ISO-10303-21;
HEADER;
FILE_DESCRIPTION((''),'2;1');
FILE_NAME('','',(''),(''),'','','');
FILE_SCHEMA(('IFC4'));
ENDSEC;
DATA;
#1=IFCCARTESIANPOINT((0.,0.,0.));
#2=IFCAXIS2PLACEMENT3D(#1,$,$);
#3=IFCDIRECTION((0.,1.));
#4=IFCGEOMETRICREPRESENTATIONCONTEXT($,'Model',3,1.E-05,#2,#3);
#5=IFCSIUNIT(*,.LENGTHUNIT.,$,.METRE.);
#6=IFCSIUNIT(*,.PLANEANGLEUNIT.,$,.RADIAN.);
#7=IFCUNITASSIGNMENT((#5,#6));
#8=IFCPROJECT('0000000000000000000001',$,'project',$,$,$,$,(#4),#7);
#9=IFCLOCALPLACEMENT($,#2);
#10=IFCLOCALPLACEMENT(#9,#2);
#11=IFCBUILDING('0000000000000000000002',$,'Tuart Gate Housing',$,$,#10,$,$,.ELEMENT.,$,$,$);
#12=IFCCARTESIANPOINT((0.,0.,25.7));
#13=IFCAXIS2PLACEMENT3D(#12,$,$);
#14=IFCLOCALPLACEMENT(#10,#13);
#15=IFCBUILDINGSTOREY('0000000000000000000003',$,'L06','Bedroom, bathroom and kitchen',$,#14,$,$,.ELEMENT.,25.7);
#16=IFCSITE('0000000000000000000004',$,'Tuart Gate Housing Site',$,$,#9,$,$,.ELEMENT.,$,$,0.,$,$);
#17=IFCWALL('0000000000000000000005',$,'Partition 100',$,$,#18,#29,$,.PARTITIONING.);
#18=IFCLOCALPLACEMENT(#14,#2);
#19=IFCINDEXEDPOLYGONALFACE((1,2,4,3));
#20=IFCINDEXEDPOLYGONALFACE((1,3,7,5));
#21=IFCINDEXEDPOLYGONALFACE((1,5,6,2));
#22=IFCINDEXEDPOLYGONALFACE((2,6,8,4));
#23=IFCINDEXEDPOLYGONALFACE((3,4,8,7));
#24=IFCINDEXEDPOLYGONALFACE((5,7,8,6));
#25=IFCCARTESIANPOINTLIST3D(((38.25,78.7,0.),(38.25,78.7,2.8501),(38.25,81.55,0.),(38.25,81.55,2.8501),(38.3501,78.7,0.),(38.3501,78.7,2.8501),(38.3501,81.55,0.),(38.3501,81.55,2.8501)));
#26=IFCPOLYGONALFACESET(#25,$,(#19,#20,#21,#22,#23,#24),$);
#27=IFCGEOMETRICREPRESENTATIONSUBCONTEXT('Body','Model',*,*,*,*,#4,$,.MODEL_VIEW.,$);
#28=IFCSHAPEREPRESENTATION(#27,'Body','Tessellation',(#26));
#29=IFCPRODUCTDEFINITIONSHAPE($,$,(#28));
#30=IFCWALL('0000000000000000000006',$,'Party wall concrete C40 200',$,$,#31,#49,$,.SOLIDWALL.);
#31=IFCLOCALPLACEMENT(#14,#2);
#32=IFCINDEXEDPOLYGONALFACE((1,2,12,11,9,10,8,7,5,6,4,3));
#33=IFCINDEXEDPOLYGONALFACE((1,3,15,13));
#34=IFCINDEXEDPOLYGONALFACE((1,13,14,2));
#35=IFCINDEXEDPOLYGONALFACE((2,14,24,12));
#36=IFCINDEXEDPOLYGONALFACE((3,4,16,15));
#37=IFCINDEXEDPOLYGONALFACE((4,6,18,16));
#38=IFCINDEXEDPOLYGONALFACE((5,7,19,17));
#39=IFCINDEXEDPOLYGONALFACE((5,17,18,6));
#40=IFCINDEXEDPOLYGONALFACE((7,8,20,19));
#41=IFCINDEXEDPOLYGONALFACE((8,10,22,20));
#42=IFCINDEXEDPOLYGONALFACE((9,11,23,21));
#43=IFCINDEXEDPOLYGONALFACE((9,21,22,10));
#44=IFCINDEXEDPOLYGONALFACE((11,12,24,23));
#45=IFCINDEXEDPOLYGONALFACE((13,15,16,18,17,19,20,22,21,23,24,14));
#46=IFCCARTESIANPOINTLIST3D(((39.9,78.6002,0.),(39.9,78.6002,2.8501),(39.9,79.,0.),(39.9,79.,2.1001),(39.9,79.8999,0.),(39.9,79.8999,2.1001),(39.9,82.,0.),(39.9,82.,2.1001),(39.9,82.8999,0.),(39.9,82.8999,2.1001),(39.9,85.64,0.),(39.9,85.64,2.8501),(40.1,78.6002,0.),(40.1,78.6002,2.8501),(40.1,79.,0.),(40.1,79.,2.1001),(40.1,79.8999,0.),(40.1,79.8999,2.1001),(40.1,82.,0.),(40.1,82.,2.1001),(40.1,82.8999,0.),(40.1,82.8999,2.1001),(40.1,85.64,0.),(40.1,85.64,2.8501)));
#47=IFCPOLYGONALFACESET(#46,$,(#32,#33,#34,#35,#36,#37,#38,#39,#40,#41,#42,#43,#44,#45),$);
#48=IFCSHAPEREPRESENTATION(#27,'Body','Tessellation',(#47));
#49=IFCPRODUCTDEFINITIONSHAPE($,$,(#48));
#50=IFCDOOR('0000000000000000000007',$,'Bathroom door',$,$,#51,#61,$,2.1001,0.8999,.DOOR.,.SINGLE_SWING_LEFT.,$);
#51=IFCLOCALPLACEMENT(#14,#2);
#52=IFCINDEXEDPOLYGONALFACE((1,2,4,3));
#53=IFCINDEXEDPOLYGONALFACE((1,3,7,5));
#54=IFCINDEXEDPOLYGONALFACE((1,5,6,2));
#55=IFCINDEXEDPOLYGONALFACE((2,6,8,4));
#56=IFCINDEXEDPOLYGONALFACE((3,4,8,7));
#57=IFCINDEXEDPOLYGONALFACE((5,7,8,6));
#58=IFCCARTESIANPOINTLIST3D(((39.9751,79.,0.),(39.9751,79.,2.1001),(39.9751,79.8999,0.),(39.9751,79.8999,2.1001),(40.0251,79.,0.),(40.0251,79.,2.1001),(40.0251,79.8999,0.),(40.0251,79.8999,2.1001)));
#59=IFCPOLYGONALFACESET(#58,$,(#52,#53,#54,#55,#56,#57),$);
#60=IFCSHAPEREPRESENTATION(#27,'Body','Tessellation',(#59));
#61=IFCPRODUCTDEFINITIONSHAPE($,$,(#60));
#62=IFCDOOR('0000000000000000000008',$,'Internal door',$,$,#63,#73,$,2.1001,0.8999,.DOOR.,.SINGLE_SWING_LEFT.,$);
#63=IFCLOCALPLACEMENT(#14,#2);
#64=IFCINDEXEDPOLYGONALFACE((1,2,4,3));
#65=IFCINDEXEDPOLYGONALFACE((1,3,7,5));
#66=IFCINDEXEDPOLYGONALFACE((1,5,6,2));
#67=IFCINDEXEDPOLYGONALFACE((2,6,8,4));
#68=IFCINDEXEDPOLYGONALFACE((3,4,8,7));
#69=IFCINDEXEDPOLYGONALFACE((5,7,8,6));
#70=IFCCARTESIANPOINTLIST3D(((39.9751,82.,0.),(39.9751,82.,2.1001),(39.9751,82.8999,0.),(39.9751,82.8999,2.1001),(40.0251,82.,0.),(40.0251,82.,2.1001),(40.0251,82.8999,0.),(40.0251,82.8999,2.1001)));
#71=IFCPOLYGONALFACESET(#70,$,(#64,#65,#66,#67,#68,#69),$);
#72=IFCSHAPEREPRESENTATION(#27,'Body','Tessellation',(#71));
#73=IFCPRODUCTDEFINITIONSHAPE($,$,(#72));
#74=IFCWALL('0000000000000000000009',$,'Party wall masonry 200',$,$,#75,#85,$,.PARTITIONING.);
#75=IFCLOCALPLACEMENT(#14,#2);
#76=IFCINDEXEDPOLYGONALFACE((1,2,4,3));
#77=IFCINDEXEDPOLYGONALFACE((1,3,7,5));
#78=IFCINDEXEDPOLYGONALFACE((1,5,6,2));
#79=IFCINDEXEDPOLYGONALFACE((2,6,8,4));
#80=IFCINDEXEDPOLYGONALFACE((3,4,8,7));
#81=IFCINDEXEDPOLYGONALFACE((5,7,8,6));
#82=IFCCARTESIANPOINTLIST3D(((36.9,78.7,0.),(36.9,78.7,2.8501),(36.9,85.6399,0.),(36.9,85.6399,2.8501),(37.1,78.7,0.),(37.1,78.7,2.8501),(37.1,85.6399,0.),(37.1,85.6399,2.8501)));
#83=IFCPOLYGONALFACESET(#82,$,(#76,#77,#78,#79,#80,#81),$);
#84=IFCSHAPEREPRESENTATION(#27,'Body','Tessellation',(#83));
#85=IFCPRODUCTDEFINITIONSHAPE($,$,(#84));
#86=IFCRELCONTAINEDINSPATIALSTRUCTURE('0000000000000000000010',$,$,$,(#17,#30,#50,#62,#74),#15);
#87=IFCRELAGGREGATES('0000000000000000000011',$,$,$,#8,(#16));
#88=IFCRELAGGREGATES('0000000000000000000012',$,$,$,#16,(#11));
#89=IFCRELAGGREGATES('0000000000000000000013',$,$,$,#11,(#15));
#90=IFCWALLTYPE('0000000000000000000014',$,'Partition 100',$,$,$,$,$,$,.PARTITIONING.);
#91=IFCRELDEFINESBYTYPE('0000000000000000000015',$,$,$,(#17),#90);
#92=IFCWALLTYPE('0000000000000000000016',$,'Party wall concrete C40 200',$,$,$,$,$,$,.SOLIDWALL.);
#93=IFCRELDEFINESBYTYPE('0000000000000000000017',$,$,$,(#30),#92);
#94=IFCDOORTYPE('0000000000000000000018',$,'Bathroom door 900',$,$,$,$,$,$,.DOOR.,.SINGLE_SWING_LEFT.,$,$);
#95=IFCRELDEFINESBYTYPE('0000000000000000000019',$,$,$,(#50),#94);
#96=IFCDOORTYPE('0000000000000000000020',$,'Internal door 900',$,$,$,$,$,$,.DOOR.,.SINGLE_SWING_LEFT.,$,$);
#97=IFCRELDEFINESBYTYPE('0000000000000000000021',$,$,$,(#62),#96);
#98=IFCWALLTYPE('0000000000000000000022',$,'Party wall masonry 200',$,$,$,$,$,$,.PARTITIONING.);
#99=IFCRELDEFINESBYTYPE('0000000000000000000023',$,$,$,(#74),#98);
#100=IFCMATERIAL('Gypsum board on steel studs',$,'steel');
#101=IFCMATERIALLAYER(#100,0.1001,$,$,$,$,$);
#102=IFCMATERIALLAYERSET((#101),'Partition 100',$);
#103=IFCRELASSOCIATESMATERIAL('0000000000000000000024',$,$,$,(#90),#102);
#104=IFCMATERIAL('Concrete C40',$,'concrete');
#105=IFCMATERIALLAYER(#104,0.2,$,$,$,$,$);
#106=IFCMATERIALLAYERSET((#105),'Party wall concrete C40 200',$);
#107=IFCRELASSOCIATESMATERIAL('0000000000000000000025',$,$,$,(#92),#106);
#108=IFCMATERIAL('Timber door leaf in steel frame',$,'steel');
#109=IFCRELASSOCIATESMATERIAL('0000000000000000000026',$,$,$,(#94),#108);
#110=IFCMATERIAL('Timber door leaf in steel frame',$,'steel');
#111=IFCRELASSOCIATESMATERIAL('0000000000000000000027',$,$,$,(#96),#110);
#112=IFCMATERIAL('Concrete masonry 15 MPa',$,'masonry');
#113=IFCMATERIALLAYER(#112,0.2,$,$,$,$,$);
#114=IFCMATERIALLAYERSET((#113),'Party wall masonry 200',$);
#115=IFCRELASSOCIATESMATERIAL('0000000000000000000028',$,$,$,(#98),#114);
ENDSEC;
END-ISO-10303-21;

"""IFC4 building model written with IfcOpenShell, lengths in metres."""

from ifc_helpers import new_model, si_unit, direction, frame, frame_2d, origin, place, context, subcontext, project, spatial, rectangle, extrude, material, layer, layer_set, type_object, element, fill, save


model = new_model("IFC4")

# Units and contexts
model_context = context("Model", 3, precision=1e-05, world=origin(), true_north=direction((0.0, 1.0)))
body_context = subcontext(model_context, "Body", "Model", "MODEL_VIEW")
ifc_project = project(units=[si_unit("LENGTHUNIT", "METRE"), si_unit("PLANEANGLEUNIT", "RADIAN")], contexts=[model_context])

# Site, building, storey
site_placement = place(None, origin())
site = spatial("IfcSite", under=ifc_project, at=site_placement, Name="Tuart Gate Housing Site", CompositionType="ELEMENT", RefElevation=0.0)
building_placement = place(site_placement, origin())
building = spatial("IfcBuilding", under=site, at=building_placement, Name="Tuart Gate Housing", CompositionType="ELEMENT")
storey_placement = place(building_placement, frame((0.0, 0.0, 25.7)))
storey = spatial("IfcBuildingStorey", under=building, at=storey_placement, Name="L06", Description="Bedroom, bathroom and kitchen", CompositionType="ELEMENT", Elevation=25.7)

# Wall
ifc_material_1 = material(Name="Gypsum board on steel studs", Category="steel")
ifc_layer_1 = layer(ifc_material_1, 0.1001)
ifc_layer_set_1 = layer_set([ifc_layer_1], Name="Partition 100")
wall_type_1 = type_object("IfcWallType", Name="Partition 100", PredefinedType="PARTITIONING", material=ifc_layer_set_1)
wall_1_placement = place(storey_placement, frame((38.3, 78.7, 0.0), z_axis=(0.0, 0.0, 1.0), x_axis=(0.0, 1.0, 0.0)))
element("IfcWall", 1, at=wall_1_placement, inside=storey, type_object=wall_type_1, Name="Partition 100", PredefinedType="PARTITIONING", context=body_context, shape_type="SweptSolid", body=[
    extrude(rectangle(XDim=2.8501, YDim=0.1001, at=frame_2d((1.425, 0.0))), origin(), (0.0, 0.0, 1.0), 2.8501),
])

# Wall, openings, doors
ifc_material_2 = material(Name="Concrete C40", Category="concrete")
ifc_layer_2 = layer(ifc_material_2, 0.2)
ifc_layer_set_2 = layer_set([ifc_layer_2], Name="Party wall concrete C40 200")
wall_type_2 = type_object("IfcWallType", Name="Party wall concrete C40 200", PredefinedType="SOLIDWALL", material=ifc_layer_set_2)
wall_2_placement = place(storey_placement, frame((40.0, 78.6001, 0.0), z_axis=(0.0, 0.0, 1.0), x_axis=(0.0, 1.0, 0.0)))
wall_2 = element("IfcWall", 2, at=wall_2_placement, inside=storey, type_object=wall_type_2, Name="Party wall concrete C40 200", PredefinedType="SOLIDWALL", context=body_context, shape_type="SweptSolid", body=[
    extrude(rectangle(XDim=7.0398, YDim=0.2, at=frame_2d((3.52, 0.0))), origin(), (0.0, 0.0, 1.0), 2.8501),
])
opening_1_placement = place(wall_2_placement, frame((3.3999, 0.0, 0.0)))
opening_1 = element("IfcOpeningElement", 3, at=opening_1_placement, cuts=wall_2, PredefinedType="OPENING", context=body_context, shape_type="SweptSolid", body=[
    extrude(rectangle(XDim=0.8999, YDim=2.1001, at=frame_2d((0.45, 1.05))), frame((0.0, 0.1099, 0.0), z_axis=(0.0, -1.0, 0.0), x_axis=(1.0, 0.0, 0.0)), (0.0, 0.0, 1.0), 0.22),
])
opening_2_placement = place(wall_2_placement, frame((0.3999, 0.0, 0.0)))
opening_2 = element("IfcOpeningElement", 4, at=opening_2_placement, cuts=wall_2, PredefinedType="OPENING", context=body_context, shape_type="SweptSolid", body=[
    extrude(rectangle(XDim=0.8999, YDim=2.1001, at=frame_2d((0.45, 1.05))), frame((0.0, 0.1099, 0.0), z_axis=(0.0, -1.0, 0.0), x_axis=(1.0, 0.0, 0.0)), (0.0, 0.0, 1.0), 0.22),
])
ifc_material_3 = material(Name="Timber door leaf in steel frame", Category="steel")
door_type_1 = type_object("IfcDoorType", Name="Bathroom door 900", OperationType="SINGLE_SWING_LEFT", PredefinedType="DOOR", material=ifc_material_3)
door_1_placement = place(opening_2_placement, origin())
door_1 = element("IfcDoor", 5, at=door_1_placement, inside=storey, type_object=door_type_1, Name="Bathroom door", OperationType="SINGLE_SWING_LEFT", OverallHeight=2.1001, OverallWidth=0.8999, PredefinedType="DOOR", context=body_context, shape_type="SweptSolid", body=[
    extrude(rectangle(XDim=0.8999, YDim=2.1001, at=frame_2d((0.45, 1.05))), frame((0.0, 0.0249, 0.0), z_axis=(0.0, -1.0, 0.0), x_axis=(1.0, 0.0, 0.0)), (0.0, 0.0, 1.0), 0.05),
])
fill(opening_2, door_1)
ifc_material_4 = material(Name="Timber door leaf in steel frame", Category="steel")
door_type_2 = type_object("IfcDoorType", Name="Internal door 900", OperationType="SINGLE_SWING_LEFT", PredefinedType="DOOR", material=ifc_material_4)
door_2_placement = place(opening_1_placement, origin())
door_2 = element("IfcDoor", 6, at=door_2_placement, inside=storey, type_object=door_type_2, Name="Internal door", OperationType="SINGLE_SWING_LEFT", OverallHeight=2.1001, OverallWidth=0.8999, PredefinedType="DOOR", context=body_context, shape_type="SweptSolid", body=[
    extrude(rectangle(XDim=0.8999, YDim=2.1001, at=frame_2d((0.45, 1.05))), frame((0.0, 0.0249, 0.0), z_axis=(0.0, -1.0, 0.0), x_axis=(1.0, 0.0, 0.0)), (0.0, 0.0, 1.0), 0.05),
])
fill(opening_1, door_2)

# Wall
ifc_material_5 = material(Name="Concrete masonry 15 MPa", Category="masonry")
ifc_layer_3 = layer(ifc_material_5, 0.2)
ifc_layer_set_3 = layer_set([ifc_layer_3], Name="Party wall masonry 200")
wall_type_3 = type_object("IfcWallType", Name="Party wall masonry 200", PredefinedType="PARTITIONING", material=ifc_layer_set_3)
wall_3_placement = place(storey_placement, frame((37.0, 78.7, 0.0), z_axis=(0.0, 0.0, 1.0), x_axis=(0.0, 1.0, 0.0)))
element("IfcWall", 7, at=wall_3_placement, inside=storey, type_object=wall_type_3, Name="Party wall masonry 200", PredefinedType="PARTITIONING", context=body_context, shape_type="SweptSolid", body=[
    extrude(rectangle(XDim=6.9399, YDim=0.2, at=frame_2d((3.47, 0.0))), origin(), (0.0, 0.0, 1.0), 2.8501),
])

save(model, "model.ifc")
